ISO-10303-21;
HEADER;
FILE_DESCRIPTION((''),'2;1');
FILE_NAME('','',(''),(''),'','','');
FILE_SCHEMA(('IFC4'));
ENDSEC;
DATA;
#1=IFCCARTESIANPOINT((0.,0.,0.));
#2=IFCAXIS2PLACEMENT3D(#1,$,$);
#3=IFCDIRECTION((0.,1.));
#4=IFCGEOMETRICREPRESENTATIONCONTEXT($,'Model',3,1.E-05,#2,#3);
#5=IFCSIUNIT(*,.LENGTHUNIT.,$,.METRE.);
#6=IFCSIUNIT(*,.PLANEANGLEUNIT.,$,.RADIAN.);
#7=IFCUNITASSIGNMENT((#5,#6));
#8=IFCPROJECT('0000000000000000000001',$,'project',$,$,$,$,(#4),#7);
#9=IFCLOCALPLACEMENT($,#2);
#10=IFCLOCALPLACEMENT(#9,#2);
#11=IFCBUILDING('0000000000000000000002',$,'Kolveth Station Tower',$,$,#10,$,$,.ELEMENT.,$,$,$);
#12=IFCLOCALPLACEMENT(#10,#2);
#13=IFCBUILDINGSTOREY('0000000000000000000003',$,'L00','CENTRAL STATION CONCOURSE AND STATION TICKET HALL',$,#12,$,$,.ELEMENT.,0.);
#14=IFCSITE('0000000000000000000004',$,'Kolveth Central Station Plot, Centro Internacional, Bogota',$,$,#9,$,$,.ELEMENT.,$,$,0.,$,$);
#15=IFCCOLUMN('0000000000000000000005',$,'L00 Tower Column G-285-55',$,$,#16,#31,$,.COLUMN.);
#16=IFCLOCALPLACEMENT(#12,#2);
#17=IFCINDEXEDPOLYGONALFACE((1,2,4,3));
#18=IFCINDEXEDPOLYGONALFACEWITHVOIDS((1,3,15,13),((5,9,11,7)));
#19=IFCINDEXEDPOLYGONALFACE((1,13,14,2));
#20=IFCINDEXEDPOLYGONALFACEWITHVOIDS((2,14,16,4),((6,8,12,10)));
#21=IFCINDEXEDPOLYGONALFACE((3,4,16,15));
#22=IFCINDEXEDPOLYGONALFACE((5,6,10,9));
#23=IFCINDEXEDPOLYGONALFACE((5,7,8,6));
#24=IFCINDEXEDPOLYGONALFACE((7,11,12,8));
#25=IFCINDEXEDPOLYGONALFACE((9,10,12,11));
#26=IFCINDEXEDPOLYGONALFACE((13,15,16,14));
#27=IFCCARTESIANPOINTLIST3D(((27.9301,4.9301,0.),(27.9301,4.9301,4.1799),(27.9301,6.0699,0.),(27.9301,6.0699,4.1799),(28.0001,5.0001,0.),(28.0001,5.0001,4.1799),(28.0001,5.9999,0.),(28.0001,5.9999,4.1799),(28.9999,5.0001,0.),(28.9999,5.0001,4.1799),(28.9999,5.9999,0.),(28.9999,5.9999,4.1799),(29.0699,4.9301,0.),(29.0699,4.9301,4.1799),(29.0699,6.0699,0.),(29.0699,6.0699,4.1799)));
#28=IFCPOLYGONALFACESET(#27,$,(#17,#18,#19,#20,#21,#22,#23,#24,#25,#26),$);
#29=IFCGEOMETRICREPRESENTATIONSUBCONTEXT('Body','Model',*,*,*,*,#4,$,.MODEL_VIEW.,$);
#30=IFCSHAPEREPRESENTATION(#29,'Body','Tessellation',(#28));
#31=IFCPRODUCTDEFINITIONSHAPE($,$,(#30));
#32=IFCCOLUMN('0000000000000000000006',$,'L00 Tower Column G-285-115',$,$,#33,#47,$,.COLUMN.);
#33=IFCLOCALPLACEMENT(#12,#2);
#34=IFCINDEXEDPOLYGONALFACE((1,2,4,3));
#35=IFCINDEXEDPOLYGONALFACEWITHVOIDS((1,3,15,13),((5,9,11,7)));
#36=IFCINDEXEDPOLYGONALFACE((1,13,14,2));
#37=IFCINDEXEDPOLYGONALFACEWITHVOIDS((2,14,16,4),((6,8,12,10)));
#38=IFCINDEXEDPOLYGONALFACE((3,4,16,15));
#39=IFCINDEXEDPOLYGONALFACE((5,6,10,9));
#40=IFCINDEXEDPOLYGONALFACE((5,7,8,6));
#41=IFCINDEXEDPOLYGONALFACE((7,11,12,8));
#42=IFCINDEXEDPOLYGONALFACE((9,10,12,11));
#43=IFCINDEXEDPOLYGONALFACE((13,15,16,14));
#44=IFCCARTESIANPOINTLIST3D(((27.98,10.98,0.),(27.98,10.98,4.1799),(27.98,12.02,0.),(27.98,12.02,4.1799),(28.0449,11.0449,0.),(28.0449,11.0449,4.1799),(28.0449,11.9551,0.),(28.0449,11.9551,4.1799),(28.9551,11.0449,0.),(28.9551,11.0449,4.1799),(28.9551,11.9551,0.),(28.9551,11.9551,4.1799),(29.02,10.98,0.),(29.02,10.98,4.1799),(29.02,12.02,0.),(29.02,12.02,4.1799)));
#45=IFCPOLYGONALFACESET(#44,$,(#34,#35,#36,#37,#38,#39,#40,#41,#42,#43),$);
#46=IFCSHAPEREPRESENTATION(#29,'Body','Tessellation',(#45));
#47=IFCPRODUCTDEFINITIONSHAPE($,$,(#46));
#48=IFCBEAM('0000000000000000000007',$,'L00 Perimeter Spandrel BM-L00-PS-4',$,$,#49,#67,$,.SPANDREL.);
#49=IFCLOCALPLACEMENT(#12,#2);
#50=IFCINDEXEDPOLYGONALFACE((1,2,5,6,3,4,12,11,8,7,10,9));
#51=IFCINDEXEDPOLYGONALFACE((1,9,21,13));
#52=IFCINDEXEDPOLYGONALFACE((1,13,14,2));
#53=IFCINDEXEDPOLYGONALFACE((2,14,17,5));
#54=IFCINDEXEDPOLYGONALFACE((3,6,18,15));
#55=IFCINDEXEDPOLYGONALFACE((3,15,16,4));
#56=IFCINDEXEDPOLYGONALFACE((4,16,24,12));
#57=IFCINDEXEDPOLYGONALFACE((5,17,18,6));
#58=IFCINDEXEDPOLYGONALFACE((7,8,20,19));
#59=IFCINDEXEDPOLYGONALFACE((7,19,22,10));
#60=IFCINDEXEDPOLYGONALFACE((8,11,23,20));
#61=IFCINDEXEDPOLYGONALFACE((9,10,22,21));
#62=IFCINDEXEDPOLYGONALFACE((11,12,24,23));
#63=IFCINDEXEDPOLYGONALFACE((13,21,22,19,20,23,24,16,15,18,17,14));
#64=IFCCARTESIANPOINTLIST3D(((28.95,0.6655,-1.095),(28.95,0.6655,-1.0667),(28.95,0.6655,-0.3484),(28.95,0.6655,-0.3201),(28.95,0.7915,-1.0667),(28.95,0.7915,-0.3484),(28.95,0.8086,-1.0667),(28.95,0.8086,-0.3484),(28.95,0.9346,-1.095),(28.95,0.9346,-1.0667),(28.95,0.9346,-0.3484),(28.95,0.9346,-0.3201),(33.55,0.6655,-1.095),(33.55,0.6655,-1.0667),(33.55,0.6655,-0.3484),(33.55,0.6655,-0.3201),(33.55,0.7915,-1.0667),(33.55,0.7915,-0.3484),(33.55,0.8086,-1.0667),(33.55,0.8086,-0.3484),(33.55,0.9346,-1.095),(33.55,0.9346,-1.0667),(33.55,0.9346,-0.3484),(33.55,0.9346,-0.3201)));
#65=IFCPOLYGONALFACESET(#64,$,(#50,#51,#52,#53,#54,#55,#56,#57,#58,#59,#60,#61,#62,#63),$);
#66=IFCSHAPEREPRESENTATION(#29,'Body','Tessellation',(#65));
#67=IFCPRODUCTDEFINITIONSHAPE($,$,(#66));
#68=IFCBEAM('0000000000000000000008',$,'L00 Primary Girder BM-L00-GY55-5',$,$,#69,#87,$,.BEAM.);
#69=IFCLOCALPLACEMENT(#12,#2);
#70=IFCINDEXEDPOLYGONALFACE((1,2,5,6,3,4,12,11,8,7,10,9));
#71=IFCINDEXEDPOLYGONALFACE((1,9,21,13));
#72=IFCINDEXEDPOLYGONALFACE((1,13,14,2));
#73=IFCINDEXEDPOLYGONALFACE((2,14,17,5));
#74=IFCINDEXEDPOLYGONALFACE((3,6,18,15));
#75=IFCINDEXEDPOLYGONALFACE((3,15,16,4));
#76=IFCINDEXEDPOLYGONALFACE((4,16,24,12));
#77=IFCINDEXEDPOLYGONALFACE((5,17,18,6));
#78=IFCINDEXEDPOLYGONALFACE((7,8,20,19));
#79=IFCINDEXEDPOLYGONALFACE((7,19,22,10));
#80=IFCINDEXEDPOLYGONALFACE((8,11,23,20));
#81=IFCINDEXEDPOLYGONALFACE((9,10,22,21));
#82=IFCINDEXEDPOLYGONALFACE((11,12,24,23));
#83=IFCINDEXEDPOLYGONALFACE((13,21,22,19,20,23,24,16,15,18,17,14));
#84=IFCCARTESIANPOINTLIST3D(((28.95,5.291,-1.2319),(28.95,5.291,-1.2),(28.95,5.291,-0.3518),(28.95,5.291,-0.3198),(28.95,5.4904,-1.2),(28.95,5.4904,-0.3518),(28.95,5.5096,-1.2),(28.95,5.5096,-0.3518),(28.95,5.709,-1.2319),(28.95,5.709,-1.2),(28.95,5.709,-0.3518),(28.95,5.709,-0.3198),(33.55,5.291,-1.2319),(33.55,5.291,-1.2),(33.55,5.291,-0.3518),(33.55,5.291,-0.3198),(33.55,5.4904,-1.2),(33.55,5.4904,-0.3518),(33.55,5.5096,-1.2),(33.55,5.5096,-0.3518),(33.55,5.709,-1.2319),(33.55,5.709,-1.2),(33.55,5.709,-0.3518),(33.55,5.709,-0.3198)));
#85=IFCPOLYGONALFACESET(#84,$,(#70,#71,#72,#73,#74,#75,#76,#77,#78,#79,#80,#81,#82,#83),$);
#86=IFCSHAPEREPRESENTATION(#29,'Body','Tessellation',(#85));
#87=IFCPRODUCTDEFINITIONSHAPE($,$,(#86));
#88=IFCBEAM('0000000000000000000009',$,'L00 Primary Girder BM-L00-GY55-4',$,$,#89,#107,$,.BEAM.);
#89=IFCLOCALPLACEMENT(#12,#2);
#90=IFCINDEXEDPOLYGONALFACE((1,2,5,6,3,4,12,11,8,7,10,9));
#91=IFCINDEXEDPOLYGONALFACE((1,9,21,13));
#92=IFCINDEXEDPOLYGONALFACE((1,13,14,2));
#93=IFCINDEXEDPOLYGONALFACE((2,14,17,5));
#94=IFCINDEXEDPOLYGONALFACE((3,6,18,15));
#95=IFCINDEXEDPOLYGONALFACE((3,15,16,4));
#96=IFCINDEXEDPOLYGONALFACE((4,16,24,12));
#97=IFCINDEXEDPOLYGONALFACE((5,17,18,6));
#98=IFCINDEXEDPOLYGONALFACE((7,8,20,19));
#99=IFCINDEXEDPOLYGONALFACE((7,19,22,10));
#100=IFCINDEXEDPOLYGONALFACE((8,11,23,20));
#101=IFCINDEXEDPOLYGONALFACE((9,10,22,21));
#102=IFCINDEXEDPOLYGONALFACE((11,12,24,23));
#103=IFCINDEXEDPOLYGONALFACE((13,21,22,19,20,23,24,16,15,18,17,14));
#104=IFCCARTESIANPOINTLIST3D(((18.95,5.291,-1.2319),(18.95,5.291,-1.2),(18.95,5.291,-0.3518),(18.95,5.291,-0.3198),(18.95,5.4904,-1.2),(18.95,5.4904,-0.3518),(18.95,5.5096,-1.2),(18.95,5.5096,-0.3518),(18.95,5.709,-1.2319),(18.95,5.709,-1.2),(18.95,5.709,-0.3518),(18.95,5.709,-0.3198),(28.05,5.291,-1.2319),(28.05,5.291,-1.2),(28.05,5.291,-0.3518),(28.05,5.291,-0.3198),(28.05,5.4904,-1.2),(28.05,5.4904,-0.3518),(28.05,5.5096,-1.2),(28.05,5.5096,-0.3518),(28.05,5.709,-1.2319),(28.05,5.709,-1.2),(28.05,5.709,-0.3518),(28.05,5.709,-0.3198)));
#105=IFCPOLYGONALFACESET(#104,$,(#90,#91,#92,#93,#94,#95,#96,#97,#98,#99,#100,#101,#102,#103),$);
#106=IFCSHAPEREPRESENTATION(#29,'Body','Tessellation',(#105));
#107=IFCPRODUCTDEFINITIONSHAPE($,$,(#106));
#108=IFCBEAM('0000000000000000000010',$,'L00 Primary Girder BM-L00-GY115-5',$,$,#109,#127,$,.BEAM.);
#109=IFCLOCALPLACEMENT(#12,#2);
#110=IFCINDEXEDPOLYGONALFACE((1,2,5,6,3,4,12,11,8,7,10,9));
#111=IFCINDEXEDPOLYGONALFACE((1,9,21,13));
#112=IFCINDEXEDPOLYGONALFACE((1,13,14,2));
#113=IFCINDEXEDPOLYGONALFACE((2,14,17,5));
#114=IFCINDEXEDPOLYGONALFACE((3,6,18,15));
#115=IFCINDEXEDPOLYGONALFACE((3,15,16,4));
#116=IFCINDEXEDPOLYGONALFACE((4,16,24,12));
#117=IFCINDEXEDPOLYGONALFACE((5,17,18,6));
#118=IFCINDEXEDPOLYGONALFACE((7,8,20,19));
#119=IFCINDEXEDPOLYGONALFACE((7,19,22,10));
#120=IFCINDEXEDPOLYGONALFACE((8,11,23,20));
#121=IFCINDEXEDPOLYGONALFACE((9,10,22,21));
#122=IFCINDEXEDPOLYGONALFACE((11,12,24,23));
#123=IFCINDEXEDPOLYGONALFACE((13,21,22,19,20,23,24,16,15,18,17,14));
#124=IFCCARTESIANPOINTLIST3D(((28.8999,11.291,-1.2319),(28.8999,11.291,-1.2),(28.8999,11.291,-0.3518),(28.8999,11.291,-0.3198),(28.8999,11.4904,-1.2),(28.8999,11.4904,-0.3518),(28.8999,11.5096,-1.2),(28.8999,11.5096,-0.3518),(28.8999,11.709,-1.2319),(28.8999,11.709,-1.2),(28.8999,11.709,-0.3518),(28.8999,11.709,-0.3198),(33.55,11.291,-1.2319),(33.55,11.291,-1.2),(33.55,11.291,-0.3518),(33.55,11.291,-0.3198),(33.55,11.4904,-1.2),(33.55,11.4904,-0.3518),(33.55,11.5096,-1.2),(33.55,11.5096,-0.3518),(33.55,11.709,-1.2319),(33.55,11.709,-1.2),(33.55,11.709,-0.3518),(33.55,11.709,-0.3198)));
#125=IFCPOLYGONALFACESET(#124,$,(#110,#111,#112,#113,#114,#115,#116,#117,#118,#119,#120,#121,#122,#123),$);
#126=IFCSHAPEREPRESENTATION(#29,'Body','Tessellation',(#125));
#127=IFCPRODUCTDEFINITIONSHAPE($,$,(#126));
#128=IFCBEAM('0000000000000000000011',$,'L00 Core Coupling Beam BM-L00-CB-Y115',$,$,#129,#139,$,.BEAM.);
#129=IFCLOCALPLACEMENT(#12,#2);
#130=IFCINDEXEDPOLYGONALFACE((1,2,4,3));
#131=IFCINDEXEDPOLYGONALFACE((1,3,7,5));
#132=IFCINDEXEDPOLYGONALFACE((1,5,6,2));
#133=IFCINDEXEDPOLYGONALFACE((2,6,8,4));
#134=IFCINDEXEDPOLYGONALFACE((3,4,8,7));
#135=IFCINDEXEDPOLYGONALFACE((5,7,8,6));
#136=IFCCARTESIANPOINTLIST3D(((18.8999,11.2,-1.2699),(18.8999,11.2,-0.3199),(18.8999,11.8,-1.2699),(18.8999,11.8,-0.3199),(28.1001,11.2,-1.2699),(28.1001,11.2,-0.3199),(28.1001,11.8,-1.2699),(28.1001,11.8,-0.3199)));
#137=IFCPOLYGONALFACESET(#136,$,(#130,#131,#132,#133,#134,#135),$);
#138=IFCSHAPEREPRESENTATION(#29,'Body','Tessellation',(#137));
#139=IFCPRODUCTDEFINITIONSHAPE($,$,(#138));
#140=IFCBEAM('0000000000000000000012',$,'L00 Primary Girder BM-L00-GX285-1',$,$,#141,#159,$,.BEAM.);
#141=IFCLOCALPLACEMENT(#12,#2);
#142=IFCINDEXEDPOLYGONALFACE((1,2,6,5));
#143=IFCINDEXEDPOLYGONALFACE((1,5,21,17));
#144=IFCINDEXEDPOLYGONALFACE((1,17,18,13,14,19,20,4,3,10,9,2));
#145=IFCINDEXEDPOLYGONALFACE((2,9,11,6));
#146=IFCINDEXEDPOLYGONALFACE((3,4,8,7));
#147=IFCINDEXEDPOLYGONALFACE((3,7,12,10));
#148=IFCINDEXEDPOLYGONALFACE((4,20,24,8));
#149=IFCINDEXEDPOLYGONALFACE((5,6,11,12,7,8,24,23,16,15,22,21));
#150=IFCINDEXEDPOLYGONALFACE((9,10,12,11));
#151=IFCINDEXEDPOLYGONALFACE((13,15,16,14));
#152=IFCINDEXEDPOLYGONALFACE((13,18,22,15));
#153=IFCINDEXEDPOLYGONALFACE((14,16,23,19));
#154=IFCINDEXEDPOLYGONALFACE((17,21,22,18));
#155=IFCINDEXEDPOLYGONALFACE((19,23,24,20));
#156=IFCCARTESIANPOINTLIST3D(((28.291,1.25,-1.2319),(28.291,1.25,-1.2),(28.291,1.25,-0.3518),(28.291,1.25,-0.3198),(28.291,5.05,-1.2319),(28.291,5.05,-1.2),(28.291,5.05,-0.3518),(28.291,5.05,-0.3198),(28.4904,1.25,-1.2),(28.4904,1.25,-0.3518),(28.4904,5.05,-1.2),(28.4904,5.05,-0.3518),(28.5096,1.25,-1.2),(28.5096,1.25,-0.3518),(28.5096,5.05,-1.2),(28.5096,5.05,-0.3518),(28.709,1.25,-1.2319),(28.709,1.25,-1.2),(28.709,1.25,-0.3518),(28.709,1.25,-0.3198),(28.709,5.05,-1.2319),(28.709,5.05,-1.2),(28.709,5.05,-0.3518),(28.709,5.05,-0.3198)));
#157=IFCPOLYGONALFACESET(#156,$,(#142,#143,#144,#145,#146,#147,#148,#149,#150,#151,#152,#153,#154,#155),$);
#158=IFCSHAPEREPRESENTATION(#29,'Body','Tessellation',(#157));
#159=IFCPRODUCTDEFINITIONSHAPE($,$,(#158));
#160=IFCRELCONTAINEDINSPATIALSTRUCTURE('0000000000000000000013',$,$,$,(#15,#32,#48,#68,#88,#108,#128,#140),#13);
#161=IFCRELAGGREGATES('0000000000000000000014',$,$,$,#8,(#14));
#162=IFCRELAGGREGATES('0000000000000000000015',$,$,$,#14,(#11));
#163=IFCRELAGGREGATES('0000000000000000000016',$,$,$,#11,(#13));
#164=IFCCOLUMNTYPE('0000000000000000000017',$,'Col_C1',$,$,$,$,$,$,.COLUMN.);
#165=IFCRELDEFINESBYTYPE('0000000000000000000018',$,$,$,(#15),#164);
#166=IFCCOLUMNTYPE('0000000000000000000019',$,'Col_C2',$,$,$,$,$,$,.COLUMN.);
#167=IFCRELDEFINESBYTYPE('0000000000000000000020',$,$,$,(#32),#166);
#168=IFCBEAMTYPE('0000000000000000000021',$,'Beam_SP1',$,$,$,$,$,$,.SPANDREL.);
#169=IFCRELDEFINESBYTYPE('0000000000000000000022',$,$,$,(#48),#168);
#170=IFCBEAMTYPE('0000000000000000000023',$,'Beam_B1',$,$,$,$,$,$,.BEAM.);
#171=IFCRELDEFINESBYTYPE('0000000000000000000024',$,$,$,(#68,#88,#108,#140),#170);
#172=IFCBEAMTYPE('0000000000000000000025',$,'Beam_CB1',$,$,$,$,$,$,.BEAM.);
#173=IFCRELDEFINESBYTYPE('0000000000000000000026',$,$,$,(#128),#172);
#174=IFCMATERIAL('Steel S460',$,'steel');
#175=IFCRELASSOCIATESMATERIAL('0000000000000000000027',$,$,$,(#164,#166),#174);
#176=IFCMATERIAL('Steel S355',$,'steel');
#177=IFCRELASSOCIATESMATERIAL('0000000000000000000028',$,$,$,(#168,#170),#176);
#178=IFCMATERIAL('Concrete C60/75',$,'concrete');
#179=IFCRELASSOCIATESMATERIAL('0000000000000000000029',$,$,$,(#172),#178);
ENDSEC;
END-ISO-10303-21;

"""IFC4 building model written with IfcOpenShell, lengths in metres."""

from ifc_helpers import new_model, si_unit, direction, frame, origin, origin_2d, place, context, subcontext, project, spatial, rectangle, hollow_rectangle, i_section, extrude, source, transform, mapped, material, material_profile, profile_set, type_object, element, save


model = new_model("IFC4")

# Units and contexts
model_context = context("Model", 3, precision=1e-05, world=origin(), true_north=direction((0.0, 1.0)))
body_context = subcontext(model_context, "Body", "Model", "MODEL_VIEW")
ifc_project = project(units=[si_unit("LENGTHUNIT", "METRE"), si_unit("PLANEANGLEUNIT", "RADIAN")], contexts=[model_context])

# Site, building, storey
site_placement = place(None, origin())
site = spatial("IfcSite", under=ifc_project, at=site_placement, Name="Kolveth Central Station Plot, Centro Internacional, Bogota", CompositionType="ELEMENT", RefElevation=0.0)
building_placement = place(site_placement, origin())
building = spatial("IfcBuilding", under=site, at=building_placement, Name="Kolveth Station Tower", CompositionType="ELEMENT")
storey_placement = place(building_placement, origin())
storey = spatial("IfcBuildingStorey", under=building, at=storey_placement, Name="L00", Description="CENTRAL STATION CONCOURSE AND STATION TICKET HALL", CompositionType="ELEMENT", Elevation=0.0)

# Columns
ifc_material_1 = material(Name="Steel S460", Category="steel")
ifc_material_profile_1 = material_profile(ifc_material_1, hollow_rectangle(XDim=1.1399, YDim=1.1399, WallThickness=0.0701, at=origin_2d()), Name="BOX1140x1140x70")
ifc_profile_set_1 = profile_set([ifc_material_profile_1], Name="Steel S460")
column_type_1 = type_object("IfcColumnType", Name="Col_C1", PredefinedType="COLUMN", material=ifc_profile_set_1)
shared_shape_1 = source(origin(), body_context, "Body", "SweptSolid", [
    extrude(hollow_rectangle(XDim=1.1399, YDim=1.1399, WallThickness=0.0701, at=origin_2d()), origin(), (0.0, 0.0, 1.0), 4.1799),
])
column_1_placement = place(storey_placement, frame((28.5, 5.5, 0.0), z_axis=(0.0, 0.0, 1.0), x_axis=(1.0, 0.0, 0.0)))
element("IfcColumn", 1, at=column_1_placement, inside=storey, type_object=column_type_1, Name="L00 Tower Column G-285-55", PredefinedType="COLUMN", context=body_context, shape_type="MappedRepresentation", body=[
    mapped(shared_shape_1, transform((0.0, 0.0, 0.0), x_axis=(1.0, 0.0, 0.0), y_axis=(0.0, 1.0, 0.0), z_axis=(0.0, 0.0, 1.0), scale=1.0)),
])
ifc_material_profile_2 = material_profile(ifc_material_1, hollow_rectangle(XDim=1.04, YDim=1.04, WallThickness=0.0649, at=origin_2d()), Name="BOX1040x1040x65")
ifc_profile_set_2 = profile_set([ifc_material_profile_2], Name="Steel S460")
column_type_2 = type_object("IfcColumnType", Name="Col_C2", PredefinedType="COLUMN", material=ifc_profile_set_2)
shared_shape_2 = source(origin(), body_context, "Body", "SweptSolid", [
    extrude(hollow_rectangle(XDim=1.04, YDim=1.04, WallThickness=0.0649, at=origin_2d()), origin(), (0.0, 0.0, 1.0), 4.1799),
])
column_2_placement = place(storey_placement, frame((28.5, 11.5, 0.0), z_axis=(0.0, 0.0, 1.0), x_axis=(1.0, 0.0, 0.0)))
element("IfcColumn", 2, at=column_2_placement, inside=storey, type_object=column_type_2, Name="L00 Tower Column G-285-115", PredefinedType="COLUMN", context=body_context, shape_type="MappedRepresentation", body=[
    mapped(shared_shape_2, transform((0.0, 0.0, 0.0), x_axis=(1.0, 0.0, 0.0), y_axis=(0.0, 1.0, 0.0), z_axis=(0.0, 0.0, 1.0), scale=1.0)),
])

# Beams
ifc_material_2 = material(Name="Steel S355", Category="steel")
ifc_material_profile_3 = material_profile(ifc_material_2, i_section(OverallWidth=0.269, OverallDepth=0.7749, WebThickness=0.0171, FlangeThickness=0.0283, at=origin_2d()), Name="W760x220")
ifc_profile_set_3 = profile_set([ifc_material_profile_3], Name="Steel S355")
beam_type_1 = type_object("IfcBeamType", Name="Beam_SP1", PredefinedType="SPANDREL", material=ifc_profile_set_3)
shared_shape_3 = source(origin(), body_context, "Body", "SweptSolid", [
    extrude(i_section(OverallWidth=0.269, OverallDepth=0.7749, WebThickness=0.0171, FlangeThickness=0.0283, at=origin_2d()), origin(), (0.0, 0.0, 1.0), 4.6001),
])
beam_1_placement = place(storey_placement, frame((28.95, 0.8, -0.7075), z_axis=(1.0, 0.0, 0.0), x_axis=(0.0, 1.0, 0.0)))
element("IfcBeam", 3, at=beam_1_placement, inside=storey, type_object=beam_type_1, Name="L00 Perimeter Spandrel BM-L00-PS-4", PredefinedType="SPANDREL", context=body_context, shape_type="MappedRepresentation", body=[
    mapped(shared_shape_3, transform((0.0, 0.0, 0.0), x_axis=(1.0, 0.0, 0.0), y_axis=(0.0, 1.0, 0.0), z_axis=(0.0, 0.0, 1.0), scale=1.0)),
])
ifc_material_profile_4 = material_profile(ifc_material_2, i_section(OverallWidth=0.418, OverallDepth=0.9121, WebThickness=0.0193, FlangeThickness=0.032, at=origin_2d()), Name="W920x342")
ifc_profile_set_4 = profile_set([ifc_material_profile_4], Name="Steel S355")
beam_type_2 = type_object("IfcBeamType", Name="Beam_B1", PredefinedType="BEAM", material=ifc_profile_set_4)
shared_shape_4 = source(origin(), body_context, "Body", "SweptSolid", [
    extrude(i_section(OverallWidth=0.418, OverallDepth=0.9121, WebThickness=0.0193, FlangeThickness=0.032, at=origin_2d()), origin(), (0.0, 0.0, 1.0), 4.6001),
])
beam_2_placement = place(storey_placement, frame((28.95, 5.5, -0.7759), z_axis=(1.0, 0.0, 0.0), x_axis=(0.0, 1.0, 0.0)))
element("IfcBeam", 4, at=beam_2_placement, inside=storey, type_object=beam_type_2, Name="L00 Primary Girder BM-L00-GY55-5", PredefinedType="BEAM", context=body_context, shape_type="MappedRepresentation", body=[
    mapped(shared_shape_4, transform((0.0, 0.0, 0.0), x_axis=(1.0, 0.0, 0.0), y_axis=(0.0, 1.0, 0.0), z_axis=(0.0, 0.0, 1.0), scale=1.0)),
])
shared_shape_5 = source(origin(), body_context, "Body", "SweptSolid", [
    extrude(i_section(OverallWidth=0.418, OverallDepth=0.9121, WebThickness=0.0193, FlangeThickness=0.032, at=origin_2d()), origin(), (0.0, 0.0, 1.0), 9.1001),
])
beam_3_placement = place(storey_placement, frame((18.95, 5.5, -0.7759), z_axis=(1.0, 0.0, 0.0), x_axis=(0.0, 1.0, 0.0)))
element("IfcBeam", 5, at=beam_3_placement, inside=storey, type_object=beam_type_2, Name="L00 Primary Girder BM-L00-GY55-4", PredefinedType="BEAM", context=body_context, shape_type="MappedRepresentation", body=[
    mapped(shared_shape_5, transform((0.0, 0.0, 0.0), x_axis=(1.0, 0.0, 0.0), y_axis=(0.0, 1.0, 0.0), z_axis=(0.0, 0.0, 1.0), scale=1.0)),
])
shared_shape_6 = source(origin(), body_context, "Body", "SweptSolid", [
    extrude(i_section(OverallWidth=0.418, OverallDepth=0.9121, WebThickness=0.0193, FlangeThickness=0.032, at=origin_2d()), origin(), (0.0, 0.0, 1.0), 4.6501),
])
beam_4_placement = place(storey_placement, frame((28.8999, 11.5, -0.7759), z_axis=(1.0, 0.0, 0.0), x_axis=(0.0, 1.0, 0.0)))
element("IfcBeam", 6, at=beam_4_placement, inside=storey, type_object=beam_type_2, Name="L00 Primary Girder BM-L00-GY115-5", PredefinedType="BEAM", context=body_context, shape_type="MappedRepresentation", body=[
    mapped(shared_shape_6, transform((0.0, 0.0, 0.0), x_axis=(1.0, 0.0, 0.0), y_axis=(0.0, 1.0, 0.0), z_axis=(0.0, 0.0, 1.0), scale=1.0)),
])
ifc_material_3 = material(Name="Concrete C60/75", Category="concrete")
ifc_material_profile_5 = material_profile(ifc_material_3, rectangle(XDim=0.6001, YDim=0.95, at=origin_2d()), Name="RC-600x950")
ifc_profile_set_5 = profile_set([ifc_material_profile_5], Name="Concrete C60/75")
beam_type_3 = type_object("IfcBeamType", Name="Beam_CB1", PredefinedType="BEAM", material=ifc_profile_set_5)
shared_shape_7 = source(origin(), body_context, "Body", "SweptSolid", [
    extrude(rectangle(XDim=0.6001, YDim=0.95, at=origin_2d()), origin(), (0.0, 0.0, 1.0), 9.2002),
])
beam_5_placement = place(storey_placement, frame((18.8999, 11.5, -0.7949), z_axis=(1.0, 0.0, 0.0), x_axis=(0.0, 1.0, 0.0)))
element("IfcBeam", 7, at=beam_5_placement, inside=storey, type_object=beam_type_3, Name="L00 Core Coupling Beam BM-L00-CB-Y115", PredefinedType="BEAM", context=body_context, shape_type="MappedRepresentation", body=[
    mapped(shared_shape_7, transform((0.0, 0.0, 0.0), x_axis=(1.0, 0.0, 0.0), y_axis=(0.0, 1.0, 0.0), z_axis=(0.0, 0.0, 1.0), scale=1.0)),
])
shared_shape_8 = source(origin(), body_context, "Body", "SweptSolid", [
    extrude(i_section(OverallWidth=0.418, OverallDepth=0.9121, WebThickness=0.0193, FlangeThickness=0.032, at=origin_2d()), origin(), (0.0, 0.0, 1.0), 3.8),
])
beam_6_placement = place(storey_placement, frame((28.5, 1.25, -0.7759), z_axis=(0.0, 1.0, 0.0), x_axis=(-1.0, 0.0, 0.0)))
element("IfcBeam", 8, at=beam_6_placement, inside=storey, type_object=beam_type_2, Name="L00 Primary Girder BM-L00-GX285-1", PredefinedType="BEAM", context=body_context, shape_type="MappedRepresentation", body=[
    mapped(shared_shape_8, transform((0.0, 0.0, 0.0), x_axis=(1.0, 0.0, 0.0), y_axis=(0.0, 1.0, 0.0), z_axis=(0.0, 0.0, 1.0), scale=1.0)),
])

save(model, "model.ifc")
